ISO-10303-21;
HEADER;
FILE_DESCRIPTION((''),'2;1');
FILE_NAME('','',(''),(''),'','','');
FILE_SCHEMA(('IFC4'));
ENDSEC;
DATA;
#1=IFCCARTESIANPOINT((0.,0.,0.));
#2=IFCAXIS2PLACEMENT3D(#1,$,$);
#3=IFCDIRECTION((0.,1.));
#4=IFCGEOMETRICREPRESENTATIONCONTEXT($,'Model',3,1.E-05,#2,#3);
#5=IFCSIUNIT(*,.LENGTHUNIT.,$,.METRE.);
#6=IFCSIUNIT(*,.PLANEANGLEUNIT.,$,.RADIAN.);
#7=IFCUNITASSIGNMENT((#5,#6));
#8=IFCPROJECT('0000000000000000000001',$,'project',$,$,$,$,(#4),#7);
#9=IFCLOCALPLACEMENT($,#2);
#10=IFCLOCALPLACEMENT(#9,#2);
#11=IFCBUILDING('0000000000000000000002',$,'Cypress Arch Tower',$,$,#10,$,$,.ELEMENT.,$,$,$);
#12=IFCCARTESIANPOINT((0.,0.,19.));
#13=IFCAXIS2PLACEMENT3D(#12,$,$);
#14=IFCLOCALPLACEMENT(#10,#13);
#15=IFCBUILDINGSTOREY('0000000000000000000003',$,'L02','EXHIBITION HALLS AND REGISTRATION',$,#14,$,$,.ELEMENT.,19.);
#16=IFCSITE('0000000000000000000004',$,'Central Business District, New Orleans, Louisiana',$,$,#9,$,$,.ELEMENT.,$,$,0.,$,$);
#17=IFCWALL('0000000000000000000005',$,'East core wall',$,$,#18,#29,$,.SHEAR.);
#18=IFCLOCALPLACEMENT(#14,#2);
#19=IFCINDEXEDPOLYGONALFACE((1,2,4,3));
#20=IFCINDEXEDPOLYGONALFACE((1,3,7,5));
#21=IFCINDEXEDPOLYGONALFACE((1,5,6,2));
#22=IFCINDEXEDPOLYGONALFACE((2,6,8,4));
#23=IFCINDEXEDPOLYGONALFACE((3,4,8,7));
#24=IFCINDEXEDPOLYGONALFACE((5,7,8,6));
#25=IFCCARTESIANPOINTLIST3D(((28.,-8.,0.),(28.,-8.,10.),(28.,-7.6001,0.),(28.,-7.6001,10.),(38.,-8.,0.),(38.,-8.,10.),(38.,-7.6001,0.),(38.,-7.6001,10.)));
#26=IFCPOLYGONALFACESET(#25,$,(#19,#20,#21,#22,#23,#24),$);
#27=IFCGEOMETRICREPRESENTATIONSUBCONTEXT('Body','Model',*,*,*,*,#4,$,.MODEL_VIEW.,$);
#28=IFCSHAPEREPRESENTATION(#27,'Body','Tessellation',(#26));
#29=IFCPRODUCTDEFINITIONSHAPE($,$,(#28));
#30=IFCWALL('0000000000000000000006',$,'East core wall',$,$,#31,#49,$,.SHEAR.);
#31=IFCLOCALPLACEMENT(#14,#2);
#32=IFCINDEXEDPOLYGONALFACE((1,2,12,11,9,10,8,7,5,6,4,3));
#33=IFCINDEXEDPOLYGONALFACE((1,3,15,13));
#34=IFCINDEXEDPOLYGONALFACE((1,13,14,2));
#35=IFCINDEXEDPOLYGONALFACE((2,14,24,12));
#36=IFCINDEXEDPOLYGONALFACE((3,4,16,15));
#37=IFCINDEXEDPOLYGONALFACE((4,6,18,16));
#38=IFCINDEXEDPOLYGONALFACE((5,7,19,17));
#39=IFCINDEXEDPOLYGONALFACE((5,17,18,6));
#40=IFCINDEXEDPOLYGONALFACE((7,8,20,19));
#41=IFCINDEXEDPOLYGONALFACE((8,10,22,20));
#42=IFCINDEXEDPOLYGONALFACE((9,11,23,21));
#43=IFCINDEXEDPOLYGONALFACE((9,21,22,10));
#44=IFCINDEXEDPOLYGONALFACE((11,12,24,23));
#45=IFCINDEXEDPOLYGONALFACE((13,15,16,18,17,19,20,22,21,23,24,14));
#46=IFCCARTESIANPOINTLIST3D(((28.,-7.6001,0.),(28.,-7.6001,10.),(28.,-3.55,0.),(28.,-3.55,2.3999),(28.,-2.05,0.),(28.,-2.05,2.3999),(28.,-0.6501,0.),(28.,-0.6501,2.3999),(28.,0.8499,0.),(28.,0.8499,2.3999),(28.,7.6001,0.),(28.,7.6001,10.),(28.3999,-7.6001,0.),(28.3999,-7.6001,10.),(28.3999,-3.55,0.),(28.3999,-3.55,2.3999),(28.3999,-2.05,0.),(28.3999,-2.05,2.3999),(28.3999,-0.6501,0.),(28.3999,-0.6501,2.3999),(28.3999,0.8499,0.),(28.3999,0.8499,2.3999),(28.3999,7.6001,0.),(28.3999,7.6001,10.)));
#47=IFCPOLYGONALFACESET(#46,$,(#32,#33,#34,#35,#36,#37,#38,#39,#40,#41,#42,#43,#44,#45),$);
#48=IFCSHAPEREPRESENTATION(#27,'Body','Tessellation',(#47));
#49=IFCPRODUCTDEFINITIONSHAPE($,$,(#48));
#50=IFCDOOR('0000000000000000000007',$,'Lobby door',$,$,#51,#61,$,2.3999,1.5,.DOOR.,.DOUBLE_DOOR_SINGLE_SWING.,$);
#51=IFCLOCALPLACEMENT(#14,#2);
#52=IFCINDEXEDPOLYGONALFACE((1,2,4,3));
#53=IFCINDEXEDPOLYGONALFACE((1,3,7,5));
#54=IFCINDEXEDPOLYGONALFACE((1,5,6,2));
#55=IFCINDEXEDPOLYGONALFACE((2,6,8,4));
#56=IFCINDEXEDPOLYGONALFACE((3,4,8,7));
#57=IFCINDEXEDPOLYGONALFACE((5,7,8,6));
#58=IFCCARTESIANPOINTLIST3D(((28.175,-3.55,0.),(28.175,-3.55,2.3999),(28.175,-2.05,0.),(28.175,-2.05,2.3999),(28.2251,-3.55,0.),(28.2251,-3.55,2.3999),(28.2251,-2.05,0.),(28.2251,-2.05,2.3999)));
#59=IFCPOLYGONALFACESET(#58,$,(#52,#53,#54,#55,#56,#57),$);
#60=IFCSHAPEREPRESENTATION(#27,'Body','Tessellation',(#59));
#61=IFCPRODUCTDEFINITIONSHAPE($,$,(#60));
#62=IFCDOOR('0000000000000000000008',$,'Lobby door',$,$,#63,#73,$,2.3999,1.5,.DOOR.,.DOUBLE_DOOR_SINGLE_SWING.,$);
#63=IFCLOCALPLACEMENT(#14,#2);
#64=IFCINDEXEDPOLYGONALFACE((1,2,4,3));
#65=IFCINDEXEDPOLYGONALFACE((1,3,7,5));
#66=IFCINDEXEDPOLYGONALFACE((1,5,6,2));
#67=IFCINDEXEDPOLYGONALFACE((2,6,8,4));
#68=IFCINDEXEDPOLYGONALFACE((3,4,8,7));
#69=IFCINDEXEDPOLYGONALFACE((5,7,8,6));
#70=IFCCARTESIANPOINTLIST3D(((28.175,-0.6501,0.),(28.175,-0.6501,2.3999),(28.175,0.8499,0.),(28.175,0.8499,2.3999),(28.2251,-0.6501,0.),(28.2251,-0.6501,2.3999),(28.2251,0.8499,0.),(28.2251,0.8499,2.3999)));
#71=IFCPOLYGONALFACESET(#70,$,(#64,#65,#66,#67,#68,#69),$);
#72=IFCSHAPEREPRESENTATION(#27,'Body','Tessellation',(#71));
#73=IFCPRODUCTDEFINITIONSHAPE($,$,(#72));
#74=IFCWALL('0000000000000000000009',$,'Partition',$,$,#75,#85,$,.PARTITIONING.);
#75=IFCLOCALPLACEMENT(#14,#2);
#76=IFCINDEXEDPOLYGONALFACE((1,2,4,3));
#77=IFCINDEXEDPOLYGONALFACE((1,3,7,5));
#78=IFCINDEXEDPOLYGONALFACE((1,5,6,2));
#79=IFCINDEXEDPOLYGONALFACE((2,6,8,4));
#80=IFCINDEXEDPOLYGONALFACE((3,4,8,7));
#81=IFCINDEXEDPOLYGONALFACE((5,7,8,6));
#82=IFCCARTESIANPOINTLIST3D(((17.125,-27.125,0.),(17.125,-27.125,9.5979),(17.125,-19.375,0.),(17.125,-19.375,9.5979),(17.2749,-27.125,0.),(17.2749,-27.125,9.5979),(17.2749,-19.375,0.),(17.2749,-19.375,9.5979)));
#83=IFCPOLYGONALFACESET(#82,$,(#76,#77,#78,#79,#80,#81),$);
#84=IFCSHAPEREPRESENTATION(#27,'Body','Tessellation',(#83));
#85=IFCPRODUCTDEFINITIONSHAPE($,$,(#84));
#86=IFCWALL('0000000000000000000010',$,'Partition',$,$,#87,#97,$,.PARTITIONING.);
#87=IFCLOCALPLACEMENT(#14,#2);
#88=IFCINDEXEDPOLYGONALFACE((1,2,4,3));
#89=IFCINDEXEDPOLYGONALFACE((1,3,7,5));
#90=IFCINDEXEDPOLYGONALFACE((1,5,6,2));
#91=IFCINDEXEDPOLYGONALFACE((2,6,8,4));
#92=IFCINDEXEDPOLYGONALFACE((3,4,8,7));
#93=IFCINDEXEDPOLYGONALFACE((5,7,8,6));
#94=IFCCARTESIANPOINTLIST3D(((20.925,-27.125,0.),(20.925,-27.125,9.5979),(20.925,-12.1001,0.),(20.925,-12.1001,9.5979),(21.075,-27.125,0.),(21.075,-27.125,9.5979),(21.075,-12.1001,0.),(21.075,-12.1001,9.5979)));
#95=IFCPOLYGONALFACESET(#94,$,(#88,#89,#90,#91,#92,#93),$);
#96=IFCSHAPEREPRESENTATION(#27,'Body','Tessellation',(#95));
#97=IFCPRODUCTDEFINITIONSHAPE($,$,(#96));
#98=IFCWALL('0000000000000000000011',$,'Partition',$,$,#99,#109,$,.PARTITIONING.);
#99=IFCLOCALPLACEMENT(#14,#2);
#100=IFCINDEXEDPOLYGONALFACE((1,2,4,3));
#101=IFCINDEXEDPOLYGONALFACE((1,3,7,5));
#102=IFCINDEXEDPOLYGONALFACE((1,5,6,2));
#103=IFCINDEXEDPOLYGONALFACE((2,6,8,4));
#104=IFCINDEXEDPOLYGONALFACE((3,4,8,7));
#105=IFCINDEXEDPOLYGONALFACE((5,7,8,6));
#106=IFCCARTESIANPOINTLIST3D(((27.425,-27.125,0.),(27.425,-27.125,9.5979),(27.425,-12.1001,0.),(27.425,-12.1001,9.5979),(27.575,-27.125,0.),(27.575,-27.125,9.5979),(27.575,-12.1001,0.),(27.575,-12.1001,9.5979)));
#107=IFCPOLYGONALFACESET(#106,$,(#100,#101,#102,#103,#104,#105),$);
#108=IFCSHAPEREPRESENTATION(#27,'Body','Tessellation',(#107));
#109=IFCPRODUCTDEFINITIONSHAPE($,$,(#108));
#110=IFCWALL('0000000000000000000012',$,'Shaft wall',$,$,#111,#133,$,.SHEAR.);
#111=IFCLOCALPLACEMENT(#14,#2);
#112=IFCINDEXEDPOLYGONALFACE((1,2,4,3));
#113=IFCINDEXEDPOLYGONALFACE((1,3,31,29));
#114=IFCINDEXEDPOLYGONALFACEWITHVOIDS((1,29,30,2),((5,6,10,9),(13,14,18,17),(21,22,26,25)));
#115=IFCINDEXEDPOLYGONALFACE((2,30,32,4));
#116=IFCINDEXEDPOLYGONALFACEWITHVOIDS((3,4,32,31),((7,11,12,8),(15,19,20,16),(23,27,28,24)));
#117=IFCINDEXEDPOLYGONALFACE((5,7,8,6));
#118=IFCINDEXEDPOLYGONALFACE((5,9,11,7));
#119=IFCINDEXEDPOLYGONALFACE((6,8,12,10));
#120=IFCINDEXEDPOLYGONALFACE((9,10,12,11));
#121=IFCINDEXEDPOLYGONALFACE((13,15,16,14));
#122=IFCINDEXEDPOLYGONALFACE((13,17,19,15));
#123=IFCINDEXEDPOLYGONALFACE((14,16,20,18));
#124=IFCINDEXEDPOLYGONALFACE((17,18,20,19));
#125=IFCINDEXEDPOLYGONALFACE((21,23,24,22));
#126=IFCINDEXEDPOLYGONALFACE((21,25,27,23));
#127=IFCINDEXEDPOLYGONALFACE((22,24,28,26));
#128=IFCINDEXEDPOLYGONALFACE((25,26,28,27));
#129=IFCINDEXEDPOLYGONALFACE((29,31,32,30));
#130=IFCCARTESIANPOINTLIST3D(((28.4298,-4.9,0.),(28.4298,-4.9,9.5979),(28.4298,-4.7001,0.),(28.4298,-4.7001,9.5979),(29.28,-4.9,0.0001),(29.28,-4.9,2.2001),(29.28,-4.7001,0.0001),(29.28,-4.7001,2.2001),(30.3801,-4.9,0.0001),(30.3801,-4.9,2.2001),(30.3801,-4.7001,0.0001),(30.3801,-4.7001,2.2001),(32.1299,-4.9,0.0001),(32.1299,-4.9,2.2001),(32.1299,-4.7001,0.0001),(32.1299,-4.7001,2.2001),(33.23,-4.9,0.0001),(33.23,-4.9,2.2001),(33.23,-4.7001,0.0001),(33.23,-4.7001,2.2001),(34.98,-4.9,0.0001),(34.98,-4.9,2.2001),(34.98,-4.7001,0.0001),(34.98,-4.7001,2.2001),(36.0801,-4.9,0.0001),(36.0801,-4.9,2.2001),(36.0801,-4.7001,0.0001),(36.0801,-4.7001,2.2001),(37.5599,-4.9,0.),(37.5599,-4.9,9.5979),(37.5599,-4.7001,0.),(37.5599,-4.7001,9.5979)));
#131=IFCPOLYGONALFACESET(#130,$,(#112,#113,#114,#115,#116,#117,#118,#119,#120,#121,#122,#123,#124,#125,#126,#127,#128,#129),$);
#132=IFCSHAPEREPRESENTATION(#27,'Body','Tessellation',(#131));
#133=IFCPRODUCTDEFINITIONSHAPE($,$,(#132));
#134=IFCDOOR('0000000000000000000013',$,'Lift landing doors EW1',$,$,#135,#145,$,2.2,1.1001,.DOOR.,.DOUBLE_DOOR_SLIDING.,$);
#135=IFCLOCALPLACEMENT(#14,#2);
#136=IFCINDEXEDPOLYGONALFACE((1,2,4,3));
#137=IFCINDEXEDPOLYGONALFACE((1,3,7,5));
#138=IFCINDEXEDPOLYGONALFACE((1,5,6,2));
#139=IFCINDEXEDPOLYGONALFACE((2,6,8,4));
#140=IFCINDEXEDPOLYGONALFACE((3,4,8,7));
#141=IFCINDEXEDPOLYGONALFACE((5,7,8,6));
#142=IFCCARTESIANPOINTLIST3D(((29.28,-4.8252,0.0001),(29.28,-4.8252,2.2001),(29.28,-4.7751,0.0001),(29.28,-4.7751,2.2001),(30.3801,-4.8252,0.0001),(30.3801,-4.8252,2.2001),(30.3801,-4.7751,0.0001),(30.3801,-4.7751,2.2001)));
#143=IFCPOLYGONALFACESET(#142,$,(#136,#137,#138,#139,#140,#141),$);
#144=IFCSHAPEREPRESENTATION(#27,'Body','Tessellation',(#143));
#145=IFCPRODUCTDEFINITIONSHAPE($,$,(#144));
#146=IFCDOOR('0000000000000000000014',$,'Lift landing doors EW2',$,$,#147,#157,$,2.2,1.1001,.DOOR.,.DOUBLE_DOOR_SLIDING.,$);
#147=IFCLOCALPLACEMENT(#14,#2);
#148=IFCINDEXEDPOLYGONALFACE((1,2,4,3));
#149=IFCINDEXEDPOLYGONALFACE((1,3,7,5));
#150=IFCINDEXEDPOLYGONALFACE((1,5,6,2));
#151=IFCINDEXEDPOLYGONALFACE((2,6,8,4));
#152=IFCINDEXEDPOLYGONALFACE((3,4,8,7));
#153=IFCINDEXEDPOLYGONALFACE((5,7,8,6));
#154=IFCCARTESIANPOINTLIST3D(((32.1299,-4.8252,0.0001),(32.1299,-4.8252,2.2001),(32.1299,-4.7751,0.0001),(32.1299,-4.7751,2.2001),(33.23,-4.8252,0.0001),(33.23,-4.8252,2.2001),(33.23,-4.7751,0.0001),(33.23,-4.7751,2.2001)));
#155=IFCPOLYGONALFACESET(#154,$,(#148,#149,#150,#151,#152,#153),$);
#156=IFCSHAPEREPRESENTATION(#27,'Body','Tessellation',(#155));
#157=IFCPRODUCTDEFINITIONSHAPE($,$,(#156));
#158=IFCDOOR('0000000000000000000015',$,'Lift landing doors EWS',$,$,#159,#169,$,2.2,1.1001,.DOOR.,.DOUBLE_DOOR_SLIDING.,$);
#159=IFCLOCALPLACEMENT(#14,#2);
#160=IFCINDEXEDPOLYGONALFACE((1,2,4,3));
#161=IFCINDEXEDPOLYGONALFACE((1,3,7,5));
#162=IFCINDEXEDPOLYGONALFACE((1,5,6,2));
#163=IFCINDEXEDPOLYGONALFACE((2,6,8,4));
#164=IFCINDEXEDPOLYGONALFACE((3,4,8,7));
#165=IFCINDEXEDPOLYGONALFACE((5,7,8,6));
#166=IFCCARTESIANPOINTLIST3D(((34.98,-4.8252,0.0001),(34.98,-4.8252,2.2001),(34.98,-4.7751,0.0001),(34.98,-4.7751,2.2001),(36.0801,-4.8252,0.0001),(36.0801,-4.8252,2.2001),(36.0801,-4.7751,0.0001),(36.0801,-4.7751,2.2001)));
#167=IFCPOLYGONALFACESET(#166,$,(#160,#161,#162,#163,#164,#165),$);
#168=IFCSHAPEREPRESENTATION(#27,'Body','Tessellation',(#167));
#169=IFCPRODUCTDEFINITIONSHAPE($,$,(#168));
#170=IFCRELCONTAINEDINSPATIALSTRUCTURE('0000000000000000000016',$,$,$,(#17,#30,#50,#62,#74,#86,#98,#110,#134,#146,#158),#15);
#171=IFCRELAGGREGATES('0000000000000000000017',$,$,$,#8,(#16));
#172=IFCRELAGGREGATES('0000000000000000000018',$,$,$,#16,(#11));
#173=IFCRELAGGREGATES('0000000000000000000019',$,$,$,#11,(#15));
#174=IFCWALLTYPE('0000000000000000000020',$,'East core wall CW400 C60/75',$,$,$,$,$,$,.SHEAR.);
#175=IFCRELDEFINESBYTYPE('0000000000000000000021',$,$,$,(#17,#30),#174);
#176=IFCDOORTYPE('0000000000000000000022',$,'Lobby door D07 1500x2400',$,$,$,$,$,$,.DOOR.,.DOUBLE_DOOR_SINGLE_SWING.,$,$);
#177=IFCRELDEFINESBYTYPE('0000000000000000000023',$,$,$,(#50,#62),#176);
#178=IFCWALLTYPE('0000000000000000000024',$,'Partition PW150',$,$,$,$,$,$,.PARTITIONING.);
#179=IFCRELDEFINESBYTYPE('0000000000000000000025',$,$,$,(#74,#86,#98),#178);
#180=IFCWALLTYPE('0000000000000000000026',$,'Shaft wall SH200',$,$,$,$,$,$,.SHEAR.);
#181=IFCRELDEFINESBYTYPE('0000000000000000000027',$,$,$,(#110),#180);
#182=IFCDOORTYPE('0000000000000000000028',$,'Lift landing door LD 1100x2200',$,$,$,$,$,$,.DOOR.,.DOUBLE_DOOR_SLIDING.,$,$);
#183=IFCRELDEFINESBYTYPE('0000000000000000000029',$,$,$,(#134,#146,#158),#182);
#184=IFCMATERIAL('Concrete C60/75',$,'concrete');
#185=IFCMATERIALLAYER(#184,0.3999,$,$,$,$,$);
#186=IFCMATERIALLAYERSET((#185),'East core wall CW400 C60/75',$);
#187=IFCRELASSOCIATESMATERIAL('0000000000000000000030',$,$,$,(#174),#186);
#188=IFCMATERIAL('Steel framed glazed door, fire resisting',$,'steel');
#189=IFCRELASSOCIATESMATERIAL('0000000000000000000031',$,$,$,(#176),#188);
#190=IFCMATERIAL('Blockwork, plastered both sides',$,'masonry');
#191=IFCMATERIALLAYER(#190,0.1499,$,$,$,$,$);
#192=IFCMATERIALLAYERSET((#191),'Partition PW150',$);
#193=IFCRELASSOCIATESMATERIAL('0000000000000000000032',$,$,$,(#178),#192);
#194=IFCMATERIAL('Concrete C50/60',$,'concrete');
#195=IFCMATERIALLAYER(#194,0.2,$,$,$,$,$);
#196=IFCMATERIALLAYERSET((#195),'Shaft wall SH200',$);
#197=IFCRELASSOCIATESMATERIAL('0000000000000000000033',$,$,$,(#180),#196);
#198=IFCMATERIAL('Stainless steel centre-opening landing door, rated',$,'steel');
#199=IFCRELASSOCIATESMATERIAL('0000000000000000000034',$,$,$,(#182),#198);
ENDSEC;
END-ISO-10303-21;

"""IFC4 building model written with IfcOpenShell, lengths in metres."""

from ifc_helpers import new_model, si_unit, direction, frame, frame_2d, origin, place, context, subcontext, project, spatial, rectangle, extrude, material, layer, layer_set, type_object, element, fill, save


model = new_model("IFC4")

# Units and contexts
model_context = context("Model", 3, precision=1e-05, world=origin(), true_north=direction((0.0, 1.0)))
body_context = subcontext(model_context, "Body", "Model", "MODEL_VIEW")
ifc_project = project(units=[si_unit("LENGTHUNIT", "METRE"), si_unit("PLANEANGLEUNIT", "RADIAN")], contexts=[model_context])

# Site, building, storey
site_placement = place(None, origin())
site = spatial("IfcSite", under=ifc_project, at=site_placement, Name="Central Business District, New Orleans, Louisiana", CompositionType="ELEMENT", RefElevation=0.0)
building_placement = place(site_placement, origin())
building = spatial("IfcBuilding", under=site, at=building_placement, Name="Cypress Arch Tower", CompositionType="ELEMENT")
storey_placement = place(building_placement, frame((0.0, 0.0, 19.0)))
storey = spatial("IfcBuildingStorey", under=building, at=storey_placement, Name="L02", Description="EXHIBITION HALLS AND REGISTRATION", CompositionType="ELEMENT", Elevation=19.0)

# Wall
ifc_material_1 = material(Name="Concrete C60/75", Category="concrete")
ifc_layer_1 = layer(ifc_material_1, 0.3999)
ifc_layer_set_1 = layer_set([ifc_layer_1], Name="East core wall CW400 C60/75")
wall_type_1 = type_object("IfcWallType", Name="East core wall CW400 C60/75", PredefinedType="SHEAR", material=ifc_layer_set_1)
wall_1_placement = place(storey_placement, frame((28.0, -7.8, 0.0), z_axis=(0.0, 0.0, 1.0), x_axis=(1.0, 0.0, 0.0)))
element("IfcWall", 1, at=wall_1_placement, inside=storey, type_object=wall_type_1, Name="East core wall", PredefinedType="SHEAR", context=body_context, shape_type="SweptSolid", body=[
    extrude(rectangle(XDim=10.0, YDim=0.3999, at=frame_2d((5.0, 0.0))), origin(), (0.0, 0.0, 1.0), 10.0),
])

# Wall, openings, doors
wall_2_placement = place(storey_placement, frame((28.2, -7.6001, 0.0), z_axis=(0.0, 0.0, 1.0), x_axis=(0.0, 1.0, 0.0)))
wall_2 = element("IfcWall", 2, at=wall_2_placement, inside=storey, type_object=wall_type_1, Name="East core wall", PredefinedType="SHEAR", context=body_context, shape_type="SweptSolid", body=[
    extrude(rectangle(XDim=15.2002, YDim=0.3999, at=frame_2d((7.6001, 0.0))), origin(), (0.0, 0.0, 1.0), 10.0),
])
opening_1_placement = place(wall_2_placement, frame((4.05, 0.0, 0.0)))
opening_1 = element("IfcOpeningElement", 3, at=opening_1_placement, cuts=wall_2, PredefinedType="OPENING", context=body_context, shape_type="SweptSolid", body=[
    extrude(rectangle(XDim=1.5, YDim=2.3999, at=frame_2d((0.75, 1.2))), frame((0.0, 0.21, 0.0), z_axis=(0.0, -1.0, 0.0), x_axis=(1.0, 0.0, 0.0)), (0.0, 0.0, 1.0), 0.4199),
])
opening_2_placement = place(wall_2_placement, frame((6.95, 0.0, 0.0)))
opening_2 = element("IfcOpeningElement", 4, at=opening_2_placement, cuts=wall_2, PredefinedType="OPENING", context=body_context, shape_type="SweptSolid", body=[
    extrude(rectangle(XDim=1.5, YDim=2.3999, at=frame_2d((0.75, 1.2))), frame((0.0, 0.21, 0.0), z_axis=(0.0, -1.0, 0.0), x_axis=(1.0, 0.0, 0.0)), (0.0, 0.0, 1.0), 0.4199),
])
ifc_material_2 = material(Name="Steel framed glazed door, fire resisting", Category="steel")
door_type_1 = type_object("IfcDoorType", Name="Lobby door D07 1500x2400", OperationType="DOUBLE_DOOR_SINGLE_SWING", PredefinedType="DOOR", material=ifc_material_2)
door_1_placement = place(opening_1_placement, origin())
door_1 = element("IfcDoor", 5, at=door_1_placement, inside=storey, type_object=door_type_1, Name="Lobby door", OperationType="DOUBLE_DOOR_SINGLE_SWING", OverallHeight=2.3999, OverallWidth=1.5, PredefinedType="DOOR", context=body_context, shape_type="SweptSolid", body=[
    extrude(rectangle(XDim=1.5, YDim=2.3999, at=frame_2d((0.75, 1.2))), frame((0.0, 0.0249, 0.0), z_axis=(0.0, -1.0, 0.0), x_axis=(1.0, 0.0, 0.0)), (0.0, 0.0, 1.0), 0.05),
])
fill(opening_1, door_1)
door_2_placement = place(opening_2_placement, origin())
door_2 = element("IfcDoor", 6, at=door_2_placement, inside=storey, type_object=door_type_1, Name="Lobby door", OperationType="DOUBLE_DOOR_SINGLE_SWING", OverallHeight=2.3999, OverallWidth=1.5, PredefinedType="DOOR", context=body_context, shape_type="SweptSolid", body=[
    extrude(rectangle(XDim=1.5, YDim=2.3999, at=frame_2d((0.75, 1.2))), frame((0.0, 0.0249, 0.0), z_axis=(0.0, -1.0, 0.0), x_axis=(1.0, 0.0, 0.0)), (0.0, 0.0, 1.0), 0.05),
])
fill(opening_2, door_2)

# Walls
ifc_material_3 = material(Name="Blockwork, plastered both sides", Category="masonry")
ifc_layer_2 = layer(ifc_material_3, 0.1499)
ifc_layer_set_2 = layer_set([ifc_layer_2], Name="Partition PW150")
wall_type_2 = type_object("IfcWallType", Name="Partition PW150", PredefinedType="PARTITIONING", material=ifc_layer_set_2)
wall_3_placement = place(storey_placement, frame((17.2, -27.125, 0.0), z_axis=(0.0, 0.0, 1.0), x_axis=(0.0, 1.0, 0.0)))
element("IfcWall", 7, at=wall_3_placement, inside=storey, type_object=wall_type_2, Name="Partition", PredefinedType="PARTITIONING", context=body_context, shape_type="SweptSolid", body=[
    extrude(rectangle(XDim=7.75, YDim=0.1499, at=frame_2d((3.875, 0.0))), origin(), (0.0, 0.0, 1.0), 9.5979),
])
for number, where, z_axis, x_axis, name in (
    (8, (21.0, -27.125, 0.0), (0.0, 0.0, 1.0), (0.0, 1.0, 0.0), "Partition"),
    (9, (27.5, -27.125, 0.0), (0.0, 0.0, 1.0), (0.0, 1.0, 0.0), "Partition"),
):
    element("IfcWall", number, at=place(storey_placement, frame(where, z_axis=z_axis, x_axis=x_axis)), inside=storey, type_object=wall_type_2, Name=name, PredefinedType="PARTITIONING", context=body_context, shape_type="SweptSolid", body=[
        extrude(rectangle(XDim=15.0249, YDim=0.1499, at=frame_2d((7.5125, 0.0))), origin(), (0.0, 0.0, 1.0), 9.5979),
    ])

# Wall, openings, doors
ifc_material_4 = material(Name="Concrete C50/60", Category="concrete")
ifc_layer_3 = layer(ifc_material_4, 0.2)
ifc_layer_set_3 = layer_set([ifc_layer_3], Name="Shaft wall SH200")
wall_type_3 = type_object("IfcWallType", Name="Shaft wall SH200", PredefinedType="SHEAR", material=ifc_layer_set_3)
wall_4_placement = place(storey_placement, frame((28.4299, -4.8, 0.0), z_axis=(0.0, 0.0, 1.0), x_axis=(1.0, 0.0, 0.0)))
wall_4 = element("IfcWall", 10, at=wall_4_placement, inside=storey, type_object=wall_type_3, Name="Shaft wall", PredefinedType="SHEAR", context=body_context, shape_type="SweptSolid", body=[
    extrude(rectangle(XDim=9.1301, YDim=0.2, at=frame_2d((4.5649, 0.0))), origin(), (0.0, 0.0, 1.0), 9.5979),
])
opening_3_placement = place(wall_4_placement, frame((0.8501, 0.0, 0.0)))
opening_3 = element("IfcOpeningElement", 11, at=opening_3_placement, cuts=wall_4, PredefinedType="OPENING", context=body_context, shape_type="SweptSolid", body=[
    extrude(rectangle(XDim=1.1001, YDim=2.2, at=frame_2d((0.55, 1.1001))), frame((0.0, 0.1099, 0.0), z_axis=(0.0, -1.0, 0.0), x_axis=(1.0, 0.0, 0.0)), (0.0, 0.0, 1.0), 0.22),
])
opening_4_placement = place(wall_4_placement, frame((3.7, 0.0, 0.0)))
opening_4 = element("IfcOpeningElement", 12, at=opening_4_placement, cuts=wall_4, PredefinedType="OPENING", context=body_context, shape_type="SweptSolid", body=[
    extrude(rectangle(XDim=1.1001, YDim=2.2, at=frame_2d((0.55, 1.1001))), frame((0.0, 0.1099, 0.0), z_axis=(0.0, -1.0, 0.0), x_axis=(1.0, 0.0, 0.0)), (0.0, 0.0, 1.0), 0.22),
])
opening_5_placement = place(wall_4_placement, frame((6.55, 0.0, 0.0)))
opening_5 = element("IfcOpeningElement", 13, at=opening_5_placement, cuts=wall_4, PredefinedType="OPENING", context=body_context, shape_type="SweptSolid", body=[
    extrude(rectangle(XDim=1.1001, YDim=2.2, at=frame_2d((0.55, 1.1001))), frame((0.0, 0.1099, 0.0), z_axis=(0.0, -1.0, 0.0), x_axis=(1.0, 0.0, 0.0)), (0.0, 0.0, 1.0), 0.22),
])
ifc_material_5 = material(Name="Stainless steel centre-opening landing door, rated", Category="steel")
door_type_2 = type_object("IfcDoorType", Name="Lift landing door LD 1100x2200", OperationType="DOUBLE_DOOR_SLIDING", PredefinedType="DOOR", material=ifc_material_5)
door_3_placement = place(opening_3_placement, origin())
door_3 = element("IfcDoor", 14, at=door_3_placement, inside=storey, type_object=door_type_2, Name="Lift landing doors EW1", OperationType="DOUBLE_DOOR_SLIDING", OverallHeight=2.2, OverallWidth=1.1001, PredefinedType="DOOR", context=body_context, shape_type="SweptSolid", body=[
    extrude(rectangle(XDim=1.1001, YDim=2.2, at=frame_2d((0.55, 1.1001))), frame((0.0, 0.0249, 0.0), z_axis=(0.0, -1.0, 0.0), x_axis=(1.0, 0.0, 0.0)), (0.0, 0.0, 1.0), 0.05),
])
fill(opening_3, door_3)
door_4_placement = place(opening_4_placement, origin())
door_4 = element("IfcDoor", 15, at=door_4_placement, inside=storey, type_object=door_type_2, Name="Lift landing doors EW2", OperationType="DOUBLE_DOOR_SLIDING", OverallHeight=2.2, OverallWidth=1.1001, PredefinedType="DOOR", context=body_context, shape_type="SweptSolid", body=[
    extrude(rectangle(XDim=1.1001, YDim=2.2, at=frame_2d((0.55, 1.1001))), frame((0.0, 0.0249, 0.0), z_axis=(0.0, -1.0, 0.0), x_axis=(1.0, 0.0, 0.0)), (0.0, 0.0, 1.0), 0.05),
])
fill(opening_4, door_4)
door_5_placement = place(opening_5_placement, origin())
door_5 = element("IfcDoor", 16, at=door_5_placement, inside=storey, type_object=door_type_2, Name="Lift landing doors EWS", OperationType="DOUBLE_DOOR_SLIDING", OverallHeight=2.2, OverallWidth=1.1001, PredefinedType="DOOR", context=body_context, shape_type="SweptSolid", body=[
    extrude(rectangle(XDim=1.1001, YDim=2.2, at=frame_2d((0.55, 1.1001))), frame((0.0, 0.0249, 0.0), z_axis=(0.0, -1.0, 0.0), x_axis=(1.0, 0.0, 0.0)), (0.0, 0.0, 1.0), 0.05),
])
fill(opening_5, door_5)

save(model, "model.ifc")
